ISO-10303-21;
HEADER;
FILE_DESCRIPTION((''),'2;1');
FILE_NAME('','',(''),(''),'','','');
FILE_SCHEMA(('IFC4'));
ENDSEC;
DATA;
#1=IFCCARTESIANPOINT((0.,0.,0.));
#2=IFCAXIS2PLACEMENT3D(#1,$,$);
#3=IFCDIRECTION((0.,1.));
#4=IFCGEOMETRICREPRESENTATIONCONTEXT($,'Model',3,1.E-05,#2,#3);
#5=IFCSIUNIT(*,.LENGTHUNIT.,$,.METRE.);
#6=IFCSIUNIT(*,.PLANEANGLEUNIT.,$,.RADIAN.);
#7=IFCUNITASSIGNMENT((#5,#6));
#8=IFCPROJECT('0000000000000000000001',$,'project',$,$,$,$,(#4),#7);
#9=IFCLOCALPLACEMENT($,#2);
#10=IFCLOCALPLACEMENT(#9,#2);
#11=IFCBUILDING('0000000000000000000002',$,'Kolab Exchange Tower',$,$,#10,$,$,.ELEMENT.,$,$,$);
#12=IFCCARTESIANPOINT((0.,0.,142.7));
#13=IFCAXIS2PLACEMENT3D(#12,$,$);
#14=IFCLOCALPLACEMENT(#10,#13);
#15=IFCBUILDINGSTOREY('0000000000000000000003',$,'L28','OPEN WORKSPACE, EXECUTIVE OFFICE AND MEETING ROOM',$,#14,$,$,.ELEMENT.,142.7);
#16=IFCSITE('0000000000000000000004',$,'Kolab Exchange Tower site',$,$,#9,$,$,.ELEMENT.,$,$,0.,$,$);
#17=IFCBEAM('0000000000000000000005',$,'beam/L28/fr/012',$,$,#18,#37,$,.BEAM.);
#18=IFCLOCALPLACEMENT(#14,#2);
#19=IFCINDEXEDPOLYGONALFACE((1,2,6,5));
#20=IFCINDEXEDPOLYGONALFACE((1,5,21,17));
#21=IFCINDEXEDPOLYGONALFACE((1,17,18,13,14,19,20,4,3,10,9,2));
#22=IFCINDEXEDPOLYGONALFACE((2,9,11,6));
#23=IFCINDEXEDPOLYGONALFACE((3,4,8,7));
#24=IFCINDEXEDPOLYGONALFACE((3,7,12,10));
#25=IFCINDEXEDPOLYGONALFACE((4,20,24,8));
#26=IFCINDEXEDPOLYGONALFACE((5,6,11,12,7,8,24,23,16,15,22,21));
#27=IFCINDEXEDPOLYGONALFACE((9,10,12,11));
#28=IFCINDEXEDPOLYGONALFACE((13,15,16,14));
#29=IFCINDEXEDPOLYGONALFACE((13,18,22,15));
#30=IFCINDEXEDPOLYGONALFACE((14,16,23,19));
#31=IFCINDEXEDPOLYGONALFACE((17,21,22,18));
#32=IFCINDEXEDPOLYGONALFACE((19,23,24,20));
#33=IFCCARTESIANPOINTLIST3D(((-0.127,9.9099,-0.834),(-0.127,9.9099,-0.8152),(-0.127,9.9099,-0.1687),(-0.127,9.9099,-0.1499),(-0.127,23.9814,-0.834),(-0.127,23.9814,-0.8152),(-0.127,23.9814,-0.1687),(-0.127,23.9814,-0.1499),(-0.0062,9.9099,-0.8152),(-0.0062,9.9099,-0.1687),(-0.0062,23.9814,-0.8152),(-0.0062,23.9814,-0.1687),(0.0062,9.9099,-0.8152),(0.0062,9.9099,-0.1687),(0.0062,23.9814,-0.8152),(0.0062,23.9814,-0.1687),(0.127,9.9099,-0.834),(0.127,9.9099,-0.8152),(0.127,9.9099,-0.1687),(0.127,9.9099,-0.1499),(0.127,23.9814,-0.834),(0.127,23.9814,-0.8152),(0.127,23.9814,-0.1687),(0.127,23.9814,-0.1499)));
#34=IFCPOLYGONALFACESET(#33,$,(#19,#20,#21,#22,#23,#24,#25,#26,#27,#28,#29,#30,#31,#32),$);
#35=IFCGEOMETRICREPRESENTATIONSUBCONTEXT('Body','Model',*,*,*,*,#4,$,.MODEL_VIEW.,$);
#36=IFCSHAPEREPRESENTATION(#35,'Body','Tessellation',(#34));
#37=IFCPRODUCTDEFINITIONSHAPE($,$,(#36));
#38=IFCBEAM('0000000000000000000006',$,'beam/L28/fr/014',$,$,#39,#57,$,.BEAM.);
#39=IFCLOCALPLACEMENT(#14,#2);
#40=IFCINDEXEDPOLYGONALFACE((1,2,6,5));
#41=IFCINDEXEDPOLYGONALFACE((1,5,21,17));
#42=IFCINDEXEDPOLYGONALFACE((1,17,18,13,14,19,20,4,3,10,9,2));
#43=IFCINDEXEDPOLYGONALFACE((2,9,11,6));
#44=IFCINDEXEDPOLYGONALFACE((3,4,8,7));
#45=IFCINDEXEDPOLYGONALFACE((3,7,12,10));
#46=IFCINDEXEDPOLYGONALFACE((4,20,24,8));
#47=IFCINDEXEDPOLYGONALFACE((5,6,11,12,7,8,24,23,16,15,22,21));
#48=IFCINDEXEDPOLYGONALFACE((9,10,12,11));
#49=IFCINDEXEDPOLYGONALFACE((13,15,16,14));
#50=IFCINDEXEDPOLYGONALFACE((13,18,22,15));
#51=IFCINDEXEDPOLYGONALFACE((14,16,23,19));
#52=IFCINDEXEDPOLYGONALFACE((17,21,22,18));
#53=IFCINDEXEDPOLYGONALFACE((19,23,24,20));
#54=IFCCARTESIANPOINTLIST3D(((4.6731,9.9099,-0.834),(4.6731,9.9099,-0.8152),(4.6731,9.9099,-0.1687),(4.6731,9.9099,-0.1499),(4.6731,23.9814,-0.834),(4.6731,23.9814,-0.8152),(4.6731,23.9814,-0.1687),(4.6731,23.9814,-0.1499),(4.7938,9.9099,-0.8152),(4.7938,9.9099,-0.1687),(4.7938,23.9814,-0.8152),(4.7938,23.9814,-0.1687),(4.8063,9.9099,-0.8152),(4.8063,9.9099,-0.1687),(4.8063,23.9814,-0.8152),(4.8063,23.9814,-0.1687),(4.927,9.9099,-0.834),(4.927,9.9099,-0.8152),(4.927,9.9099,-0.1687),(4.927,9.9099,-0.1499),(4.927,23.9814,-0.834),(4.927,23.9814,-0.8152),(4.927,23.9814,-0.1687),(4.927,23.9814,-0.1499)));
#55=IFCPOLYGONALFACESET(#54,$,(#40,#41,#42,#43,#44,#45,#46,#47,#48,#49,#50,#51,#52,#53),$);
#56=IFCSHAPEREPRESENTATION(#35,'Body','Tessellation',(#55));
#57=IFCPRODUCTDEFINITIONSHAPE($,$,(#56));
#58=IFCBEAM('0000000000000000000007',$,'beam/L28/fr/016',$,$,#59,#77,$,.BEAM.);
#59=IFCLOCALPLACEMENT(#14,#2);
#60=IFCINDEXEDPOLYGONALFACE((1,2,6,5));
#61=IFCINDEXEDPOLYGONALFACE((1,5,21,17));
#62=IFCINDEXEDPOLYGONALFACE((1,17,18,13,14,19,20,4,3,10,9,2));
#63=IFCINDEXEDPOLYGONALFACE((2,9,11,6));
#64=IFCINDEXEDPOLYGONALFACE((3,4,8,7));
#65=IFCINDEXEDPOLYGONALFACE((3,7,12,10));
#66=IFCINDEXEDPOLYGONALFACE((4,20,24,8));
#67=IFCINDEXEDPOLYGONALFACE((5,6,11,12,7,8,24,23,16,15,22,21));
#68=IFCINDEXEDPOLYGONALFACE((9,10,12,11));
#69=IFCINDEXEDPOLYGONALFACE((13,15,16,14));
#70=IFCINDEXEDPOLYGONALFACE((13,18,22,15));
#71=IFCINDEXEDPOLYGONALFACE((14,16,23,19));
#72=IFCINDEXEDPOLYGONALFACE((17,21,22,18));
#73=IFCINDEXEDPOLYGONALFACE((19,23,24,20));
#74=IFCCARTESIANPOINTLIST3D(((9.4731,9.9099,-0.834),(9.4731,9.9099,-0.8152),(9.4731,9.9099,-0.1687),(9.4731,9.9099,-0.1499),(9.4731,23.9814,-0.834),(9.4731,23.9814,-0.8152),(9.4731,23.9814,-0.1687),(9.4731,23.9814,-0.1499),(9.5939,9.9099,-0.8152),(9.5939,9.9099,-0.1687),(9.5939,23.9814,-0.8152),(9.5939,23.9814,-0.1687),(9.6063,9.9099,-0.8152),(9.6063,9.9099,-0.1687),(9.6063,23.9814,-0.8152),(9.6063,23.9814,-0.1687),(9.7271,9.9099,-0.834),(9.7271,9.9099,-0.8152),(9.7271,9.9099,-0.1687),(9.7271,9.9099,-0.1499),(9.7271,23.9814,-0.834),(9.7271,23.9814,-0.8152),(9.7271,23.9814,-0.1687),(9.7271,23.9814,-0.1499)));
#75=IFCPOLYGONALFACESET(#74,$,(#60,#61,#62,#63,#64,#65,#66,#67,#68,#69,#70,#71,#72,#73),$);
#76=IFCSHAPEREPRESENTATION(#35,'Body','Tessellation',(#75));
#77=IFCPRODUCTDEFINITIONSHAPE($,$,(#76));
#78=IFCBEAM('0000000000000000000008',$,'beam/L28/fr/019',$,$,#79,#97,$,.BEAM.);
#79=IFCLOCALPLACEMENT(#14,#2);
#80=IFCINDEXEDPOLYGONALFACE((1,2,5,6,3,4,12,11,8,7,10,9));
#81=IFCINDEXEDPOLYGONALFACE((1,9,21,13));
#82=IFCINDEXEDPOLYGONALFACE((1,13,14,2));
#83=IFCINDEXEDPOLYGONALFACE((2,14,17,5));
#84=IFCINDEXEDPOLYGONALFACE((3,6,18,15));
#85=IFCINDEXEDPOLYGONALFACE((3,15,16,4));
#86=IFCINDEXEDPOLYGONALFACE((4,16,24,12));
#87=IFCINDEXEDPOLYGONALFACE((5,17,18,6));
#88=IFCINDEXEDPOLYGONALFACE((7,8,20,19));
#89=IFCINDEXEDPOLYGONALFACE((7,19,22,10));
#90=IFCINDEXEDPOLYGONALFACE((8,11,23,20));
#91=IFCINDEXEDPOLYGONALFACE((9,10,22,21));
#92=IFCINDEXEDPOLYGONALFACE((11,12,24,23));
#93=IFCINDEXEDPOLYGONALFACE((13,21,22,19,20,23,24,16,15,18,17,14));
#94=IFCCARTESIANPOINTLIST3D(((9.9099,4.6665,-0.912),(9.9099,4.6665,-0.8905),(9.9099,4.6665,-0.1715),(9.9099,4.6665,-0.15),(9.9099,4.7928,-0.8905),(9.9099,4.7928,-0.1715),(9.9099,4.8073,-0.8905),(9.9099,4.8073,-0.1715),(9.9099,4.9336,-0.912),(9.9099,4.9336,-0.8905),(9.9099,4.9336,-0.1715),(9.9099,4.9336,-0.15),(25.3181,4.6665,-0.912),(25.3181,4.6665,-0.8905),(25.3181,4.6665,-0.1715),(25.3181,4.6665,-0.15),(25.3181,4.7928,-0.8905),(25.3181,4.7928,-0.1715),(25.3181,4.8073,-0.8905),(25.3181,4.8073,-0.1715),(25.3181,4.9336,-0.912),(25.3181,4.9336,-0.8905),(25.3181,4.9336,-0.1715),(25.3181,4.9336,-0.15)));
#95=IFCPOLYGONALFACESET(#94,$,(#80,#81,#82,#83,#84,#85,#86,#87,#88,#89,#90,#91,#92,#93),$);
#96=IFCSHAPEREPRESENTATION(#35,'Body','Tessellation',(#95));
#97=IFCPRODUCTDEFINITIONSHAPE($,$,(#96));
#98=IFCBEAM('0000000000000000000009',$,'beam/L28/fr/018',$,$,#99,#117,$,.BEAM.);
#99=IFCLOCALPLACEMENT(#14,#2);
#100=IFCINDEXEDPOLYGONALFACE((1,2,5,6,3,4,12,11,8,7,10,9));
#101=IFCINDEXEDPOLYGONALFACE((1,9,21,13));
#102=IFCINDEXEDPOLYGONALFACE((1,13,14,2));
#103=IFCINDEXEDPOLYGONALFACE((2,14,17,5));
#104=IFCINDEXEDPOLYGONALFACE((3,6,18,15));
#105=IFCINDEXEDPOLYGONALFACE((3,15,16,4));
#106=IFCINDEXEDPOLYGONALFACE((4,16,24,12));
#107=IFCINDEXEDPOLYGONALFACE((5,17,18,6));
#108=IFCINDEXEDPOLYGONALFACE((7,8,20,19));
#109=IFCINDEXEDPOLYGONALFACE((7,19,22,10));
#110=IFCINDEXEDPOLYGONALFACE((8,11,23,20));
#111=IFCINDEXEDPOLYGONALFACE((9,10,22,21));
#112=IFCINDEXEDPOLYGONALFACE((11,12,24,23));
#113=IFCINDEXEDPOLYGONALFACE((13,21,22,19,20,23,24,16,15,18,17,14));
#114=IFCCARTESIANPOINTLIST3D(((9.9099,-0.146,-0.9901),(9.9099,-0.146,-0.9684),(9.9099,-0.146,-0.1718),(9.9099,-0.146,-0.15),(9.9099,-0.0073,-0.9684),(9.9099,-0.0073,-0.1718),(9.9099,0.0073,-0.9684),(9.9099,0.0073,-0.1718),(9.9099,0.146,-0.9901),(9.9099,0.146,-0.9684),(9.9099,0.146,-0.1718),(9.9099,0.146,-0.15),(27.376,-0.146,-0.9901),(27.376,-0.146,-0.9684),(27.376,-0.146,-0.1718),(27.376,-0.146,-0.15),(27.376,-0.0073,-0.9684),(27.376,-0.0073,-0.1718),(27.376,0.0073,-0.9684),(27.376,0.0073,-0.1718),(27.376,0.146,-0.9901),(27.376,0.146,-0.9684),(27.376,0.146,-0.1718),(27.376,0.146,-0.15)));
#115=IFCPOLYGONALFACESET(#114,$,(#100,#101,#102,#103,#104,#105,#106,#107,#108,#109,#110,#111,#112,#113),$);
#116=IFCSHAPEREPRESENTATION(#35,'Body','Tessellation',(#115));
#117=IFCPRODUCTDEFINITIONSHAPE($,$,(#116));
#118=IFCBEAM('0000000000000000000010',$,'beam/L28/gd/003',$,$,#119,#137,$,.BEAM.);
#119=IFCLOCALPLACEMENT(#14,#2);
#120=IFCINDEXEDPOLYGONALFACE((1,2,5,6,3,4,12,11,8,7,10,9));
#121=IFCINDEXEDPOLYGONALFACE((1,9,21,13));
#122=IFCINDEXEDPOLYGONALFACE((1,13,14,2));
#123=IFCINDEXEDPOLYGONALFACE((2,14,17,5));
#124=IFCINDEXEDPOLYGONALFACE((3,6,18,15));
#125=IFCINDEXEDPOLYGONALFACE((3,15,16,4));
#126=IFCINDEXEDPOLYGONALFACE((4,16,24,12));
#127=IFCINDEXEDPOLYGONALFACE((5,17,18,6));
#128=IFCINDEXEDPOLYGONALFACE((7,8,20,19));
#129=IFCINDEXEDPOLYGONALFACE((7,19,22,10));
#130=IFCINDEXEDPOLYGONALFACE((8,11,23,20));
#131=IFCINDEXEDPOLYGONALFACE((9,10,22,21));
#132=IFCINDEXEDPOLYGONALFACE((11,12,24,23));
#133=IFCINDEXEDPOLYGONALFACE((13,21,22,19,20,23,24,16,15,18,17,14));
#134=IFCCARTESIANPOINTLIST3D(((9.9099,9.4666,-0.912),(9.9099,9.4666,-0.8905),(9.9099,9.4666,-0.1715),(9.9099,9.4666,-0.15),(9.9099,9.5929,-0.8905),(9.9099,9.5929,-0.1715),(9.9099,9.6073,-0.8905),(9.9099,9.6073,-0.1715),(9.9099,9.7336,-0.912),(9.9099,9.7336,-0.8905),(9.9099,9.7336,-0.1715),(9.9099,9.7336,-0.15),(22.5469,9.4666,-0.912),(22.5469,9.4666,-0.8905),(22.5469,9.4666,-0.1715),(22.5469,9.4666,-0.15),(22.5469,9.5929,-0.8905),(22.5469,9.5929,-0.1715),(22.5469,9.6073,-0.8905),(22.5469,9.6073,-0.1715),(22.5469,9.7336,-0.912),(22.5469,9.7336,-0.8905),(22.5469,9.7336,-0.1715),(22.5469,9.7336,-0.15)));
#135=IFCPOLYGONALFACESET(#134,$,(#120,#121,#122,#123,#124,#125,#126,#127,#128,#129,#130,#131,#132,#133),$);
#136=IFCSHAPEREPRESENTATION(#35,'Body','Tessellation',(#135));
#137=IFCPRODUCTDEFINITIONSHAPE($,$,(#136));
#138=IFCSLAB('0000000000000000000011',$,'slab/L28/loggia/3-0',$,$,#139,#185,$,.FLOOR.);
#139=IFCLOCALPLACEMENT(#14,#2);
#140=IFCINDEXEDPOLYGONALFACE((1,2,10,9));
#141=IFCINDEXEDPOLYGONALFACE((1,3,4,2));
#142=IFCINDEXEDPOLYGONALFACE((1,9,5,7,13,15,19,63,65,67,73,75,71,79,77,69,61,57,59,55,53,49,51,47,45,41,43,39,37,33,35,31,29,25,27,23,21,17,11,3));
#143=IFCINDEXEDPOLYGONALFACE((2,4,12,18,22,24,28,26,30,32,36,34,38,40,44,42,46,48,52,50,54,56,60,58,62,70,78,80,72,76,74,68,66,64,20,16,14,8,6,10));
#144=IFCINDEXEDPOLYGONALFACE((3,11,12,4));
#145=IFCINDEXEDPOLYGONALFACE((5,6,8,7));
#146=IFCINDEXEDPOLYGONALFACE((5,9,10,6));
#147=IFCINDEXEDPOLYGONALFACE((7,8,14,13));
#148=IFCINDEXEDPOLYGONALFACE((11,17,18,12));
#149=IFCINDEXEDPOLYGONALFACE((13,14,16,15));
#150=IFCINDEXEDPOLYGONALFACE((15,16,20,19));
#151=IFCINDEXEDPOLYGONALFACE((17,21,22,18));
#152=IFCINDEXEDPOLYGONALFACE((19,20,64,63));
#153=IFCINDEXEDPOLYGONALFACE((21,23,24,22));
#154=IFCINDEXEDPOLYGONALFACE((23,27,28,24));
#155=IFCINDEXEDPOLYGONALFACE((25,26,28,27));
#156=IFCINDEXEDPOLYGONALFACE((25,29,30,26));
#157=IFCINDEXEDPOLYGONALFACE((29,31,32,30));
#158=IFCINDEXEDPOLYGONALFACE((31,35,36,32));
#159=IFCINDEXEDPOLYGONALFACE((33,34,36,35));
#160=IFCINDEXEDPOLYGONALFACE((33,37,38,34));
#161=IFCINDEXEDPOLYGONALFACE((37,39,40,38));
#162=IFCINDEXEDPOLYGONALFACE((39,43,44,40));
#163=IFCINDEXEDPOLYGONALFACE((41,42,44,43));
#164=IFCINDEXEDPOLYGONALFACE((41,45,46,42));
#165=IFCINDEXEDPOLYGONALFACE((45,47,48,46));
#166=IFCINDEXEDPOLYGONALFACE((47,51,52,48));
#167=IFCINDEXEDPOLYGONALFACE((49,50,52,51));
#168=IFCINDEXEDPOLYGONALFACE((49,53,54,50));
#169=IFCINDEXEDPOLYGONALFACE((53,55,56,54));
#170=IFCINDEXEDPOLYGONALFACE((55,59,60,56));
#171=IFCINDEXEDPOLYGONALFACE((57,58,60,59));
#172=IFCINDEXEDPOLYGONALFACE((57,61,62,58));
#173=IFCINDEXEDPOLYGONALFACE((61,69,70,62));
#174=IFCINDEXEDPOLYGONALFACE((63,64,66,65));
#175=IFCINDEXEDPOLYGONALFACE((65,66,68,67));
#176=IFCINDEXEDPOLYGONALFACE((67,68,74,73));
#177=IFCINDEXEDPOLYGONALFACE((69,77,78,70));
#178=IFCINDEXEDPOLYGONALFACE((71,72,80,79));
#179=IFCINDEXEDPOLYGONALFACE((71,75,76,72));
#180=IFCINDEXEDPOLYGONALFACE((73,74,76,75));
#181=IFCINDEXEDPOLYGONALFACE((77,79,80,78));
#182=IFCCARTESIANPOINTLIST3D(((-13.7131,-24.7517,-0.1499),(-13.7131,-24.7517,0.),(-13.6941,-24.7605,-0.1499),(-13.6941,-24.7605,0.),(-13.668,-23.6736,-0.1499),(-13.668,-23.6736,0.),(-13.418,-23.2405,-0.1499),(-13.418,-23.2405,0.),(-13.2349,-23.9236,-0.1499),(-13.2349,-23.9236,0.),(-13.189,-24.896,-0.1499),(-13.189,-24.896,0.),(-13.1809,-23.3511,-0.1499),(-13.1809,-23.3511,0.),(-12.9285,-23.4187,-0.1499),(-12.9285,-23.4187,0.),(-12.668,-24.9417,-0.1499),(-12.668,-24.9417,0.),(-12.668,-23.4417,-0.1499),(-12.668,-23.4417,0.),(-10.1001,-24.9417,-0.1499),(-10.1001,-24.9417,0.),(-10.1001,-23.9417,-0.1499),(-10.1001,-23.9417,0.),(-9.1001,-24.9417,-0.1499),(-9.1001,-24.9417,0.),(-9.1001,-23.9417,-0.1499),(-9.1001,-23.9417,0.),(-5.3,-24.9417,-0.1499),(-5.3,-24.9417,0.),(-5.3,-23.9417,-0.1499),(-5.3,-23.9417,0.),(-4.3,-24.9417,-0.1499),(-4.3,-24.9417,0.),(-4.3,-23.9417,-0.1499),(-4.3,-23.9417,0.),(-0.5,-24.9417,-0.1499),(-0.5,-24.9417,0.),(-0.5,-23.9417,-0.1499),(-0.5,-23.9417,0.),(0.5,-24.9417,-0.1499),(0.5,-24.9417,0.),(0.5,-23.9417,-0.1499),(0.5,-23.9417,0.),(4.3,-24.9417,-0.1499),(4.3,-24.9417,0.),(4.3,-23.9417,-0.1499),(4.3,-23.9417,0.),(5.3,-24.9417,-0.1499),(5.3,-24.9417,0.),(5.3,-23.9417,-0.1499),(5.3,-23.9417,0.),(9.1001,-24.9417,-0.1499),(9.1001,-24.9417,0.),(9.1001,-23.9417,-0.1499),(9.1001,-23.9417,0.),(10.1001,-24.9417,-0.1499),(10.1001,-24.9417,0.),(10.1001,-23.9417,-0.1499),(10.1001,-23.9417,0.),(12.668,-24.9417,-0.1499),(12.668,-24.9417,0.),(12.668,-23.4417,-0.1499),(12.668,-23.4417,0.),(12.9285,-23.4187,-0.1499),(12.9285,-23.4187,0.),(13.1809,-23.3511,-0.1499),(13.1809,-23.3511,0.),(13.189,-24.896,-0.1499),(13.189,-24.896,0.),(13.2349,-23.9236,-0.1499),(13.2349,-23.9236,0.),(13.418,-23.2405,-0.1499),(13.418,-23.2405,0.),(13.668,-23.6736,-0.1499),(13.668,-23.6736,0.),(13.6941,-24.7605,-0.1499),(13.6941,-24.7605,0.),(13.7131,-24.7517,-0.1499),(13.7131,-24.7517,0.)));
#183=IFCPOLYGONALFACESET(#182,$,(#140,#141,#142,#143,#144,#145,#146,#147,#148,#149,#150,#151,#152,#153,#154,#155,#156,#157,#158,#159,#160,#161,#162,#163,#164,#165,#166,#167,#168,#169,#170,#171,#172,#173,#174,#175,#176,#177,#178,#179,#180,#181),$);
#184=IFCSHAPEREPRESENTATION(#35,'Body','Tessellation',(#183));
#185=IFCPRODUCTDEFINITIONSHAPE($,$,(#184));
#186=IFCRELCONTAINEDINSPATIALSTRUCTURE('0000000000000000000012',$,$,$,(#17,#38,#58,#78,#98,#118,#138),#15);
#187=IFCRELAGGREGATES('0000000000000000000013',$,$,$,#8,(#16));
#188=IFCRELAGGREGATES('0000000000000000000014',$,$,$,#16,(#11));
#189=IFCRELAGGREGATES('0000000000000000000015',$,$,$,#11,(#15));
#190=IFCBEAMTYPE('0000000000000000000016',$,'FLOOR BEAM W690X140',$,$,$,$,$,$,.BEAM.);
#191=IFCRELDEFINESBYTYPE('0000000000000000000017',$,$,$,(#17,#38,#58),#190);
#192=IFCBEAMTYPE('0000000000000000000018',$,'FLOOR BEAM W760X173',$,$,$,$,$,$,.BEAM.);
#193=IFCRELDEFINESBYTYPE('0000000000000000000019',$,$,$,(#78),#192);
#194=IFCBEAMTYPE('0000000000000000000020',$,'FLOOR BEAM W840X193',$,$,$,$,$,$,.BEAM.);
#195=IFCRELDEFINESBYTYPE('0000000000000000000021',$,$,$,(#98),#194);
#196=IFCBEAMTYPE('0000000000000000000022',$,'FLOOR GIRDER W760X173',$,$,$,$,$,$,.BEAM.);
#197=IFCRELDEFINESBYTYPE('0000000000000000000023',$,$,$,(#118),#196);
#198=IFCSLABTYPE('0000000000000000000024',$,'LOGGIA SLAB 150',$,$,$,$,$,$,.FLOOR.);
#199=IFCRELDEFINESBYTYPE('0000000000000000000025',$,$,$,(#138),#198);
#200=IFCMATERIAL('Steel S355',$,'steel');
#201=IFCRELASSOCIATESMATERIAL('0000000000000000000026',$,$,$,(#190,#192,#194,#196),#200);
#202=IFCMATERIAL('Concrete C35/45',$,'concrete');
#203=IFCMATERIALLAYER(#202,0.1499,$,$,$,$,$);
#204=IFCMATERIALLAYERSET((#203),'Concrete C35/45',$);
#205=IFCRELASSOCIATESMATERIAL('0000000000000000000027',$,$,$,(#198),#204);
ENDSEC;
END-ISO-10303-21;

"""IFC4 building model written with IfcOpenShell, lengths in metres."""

from ifc_helpers import new_model, si_unit, direction, frame, origin, origin_2d, place, context, subcontext, project, spatial, polyline, i_section, outline, extrude, material, layer, layer_set, material_profile, profile_set, type_object, element, save


model = new_model("IFC4")

# Units and contexts
model_context = context("Model", 3, precision=1e-05, world=origin(), true_north=direction((0.0, 1.0)))
body_context = subcontext(model_context, "Body", "Model", "MODEL_VIEW")
ifc_project = project(units=[si_unit("LENGTHUNIT", "METRE"), si_unit("PLANEANGLEUNIT", "RADIAN")], contexts=[model_context])

# Site, building, storey
site_placement = place(None, origin())
site = spatial("IfcSite", under=ifc_project, at=site_placement, Name="Kolab Exchange Tower site", CompositionType="ELEMENT", RefElevation=0.0)
building_placement = place(site_placement, origin())
building = spatial("IfcBuilding", under=site, at=building_placement, Name="Kolab Exchange Tower", CompositionType="ELEMENT")
storey_placement = place(building_placement, frame((0.0, 0.0, 142.7)))
storey = spatial("IfcBuildingStorey", under=building, at=storey_placement, Name="L28", Description="OPEN WORKSPACE, EXECUTIVE OFFICE AND MEETING ROOM", CompositionType="ELEMENT", Elevation=142.7)

# Beams
ifc_material_1 = material(Name="Steel S355", Category="steel")
ifc_material_profile_1 = material_profile(ifc_material_1, i_section(OverallWidth=0.2539, OverallDepth=0.6841, WebThickness=0.0125, FlangeThickness=0.0188, at=origin_2d()), Name="W690X140")
ifc_profile_set_1 = profile_set([ifc_material_profile_1], Name="Steel S355")
beam_type_1 = type_object("IfcBeamType", Name="FLOOR BEAM W690X140", PredefinedType="BEAM", material=ifc_profile_set_1)
for number, where, z_axis, x_axis, name in (
    (1, (0.0, 9.9099, -0.4919), (0.0, 1.0, 0.0), (-1.0, 0.0, 0.0), "beam/L28/fr/012"),
    (2, (4.8, 9.9099, -0.4919), (0.0, 1.0, 0.0), (-1.0, 0.0, 0.0), "beam/L28/fr/014"),
    (3, (9.6001, 9.9099, -0.4919), (0.0, 1.0, 0.0), (-1.0, 0.0, 0.0), "beam/L28/fr/016"),
):
    element("IfcBeam", number, at=place(storey_placement, frame(where, z_axis=z_axis, x_axis=x_axis)), inside=storey, type_object=beam_type_1, Name=name, PredefinedType="BEAM", context=body_context, shape_type="SweptSolid", body=[
        extrude(i_section(OverallWidth=0.2539, OverallDepth=0.6841, WebThickness=0.0125, FlangeThickness=0.0188, at=origin_2d()), origin(), (0.0, 0.0, 1.0), 14.0715),
    ])
ifc_material_profile_2 = material_profile(ifc_material_1, i_section(OverallWidth=0.2671, OverallDepth=0.762, WebThickness=0.0144, FlangeThickness=0.0215, at=origin_2d()), Name="W760X173")
ifc_profile_set_2 = profile_set([ifc_material_profile_2], Name="Steel S355")
beam_type_2 = type_object("IfcBeamType", Name="FLOOR BEAM W760X173", PredefinedType="BEAM", material=ifc_profile_set_2)
beam_1_placement = place(storey_placement, frame((9.9099, 4.8, -0.531), z_axis=(1.0, 0.0, 0.0), x_axis=(0.0, 1.0, 0.0)))
element("IfcBeam", 4, at=beam_1_placement, inside=storey, type_object=beam_type_2, Name="beam/L28/fr/019", PredefinedType="BEAM", context=body_context, shape_type="SweptSolid", body=[
    extrude(i_section(OverallWidth=0.2671, OverallDepth=0.762, WebThickness=0.0144, FlangeThickness=0.0215, at=origin_2d()), origin(), (0.0, 0.0, 1.0), 15.4082),
])
ifc_material_profile_3 = material_profile(ifc_material_1, i_section(OverallWidth=0.292, OverallDepth=0.8401, WebThickness=0.0146, FlangeThickness=0.0217, at=origin_2d()), Name="W840X193")
ifc_profile_set_3 = profile_set([ifc_material_profile_3], Name="Steel S355")
beam_type_3 = type_object("IfcBeamType", Name="FLOOR BEAM W840X193", PredefinedType="BEAM", material=ifc_profile_set_3)
beam_2_placement = place(storey_placement, frame((9.9099, 0.0, -0.5701), z_axis=(1.0, 0.0, 0.0), x_axis=(0.0, 1.0, 0.0)))
element("IfcBeam", 5, at=beam_2_placement, inside=storey, type_object=beam_type_3, Name="beam/L28/fr/018", PredefinedType="BEAM", context=body_context, shape_type="SweptSolid", body=[
    extrude(i_section(OverallWidth=0.292, OverallDepth=0.8401, WebThickness=0.0146, FlangeThickness=0.0217, at=origin_2d()), origin(), (0.0, 0.0, 1.0), 17.4661),
])
ifc_material_profile_4 = material_profile(ifc_material_1, i_section(OverallWidth=0.2671, OverallDepth=0.762, WebThickness=0.0144, FlangeThickness=0.0215, at=origin_2d()), Name="W760X173")
ifc_profile_set_4 = profile_set([ifc_material_profile_4], Name="Steel S355")
beam_type_4 = type_object("IfcBeamType", Name="FLOOR GIRDER W760X173", PredefinedType="BEAM", material=ifc_profile_set_4)
beam_3_placement = place(storey_placement, frame((9.9099, 9.6001, -0.531), z_axis=(1.0, 0.0, 0.0), x_axis=(0.0, 1.0, 0.0)))
element("IfcBeam", 6, at=beam_3_placement, inside=storey, type_object=beam_type_4, Name="beam/L28/gd/003", PredefinedType="BEAM", context=body_context, shape_type="SweptSolid", body=[
    extrude(i_section(OverallWidth=0.2671, OverallDepth=0.762, WebThickness=0.0144, FlangeThickness=0.0215, at=origin_2d()), origin(), (0.0, 0.0, 1.0), 12.637),
])

# Slab
ifc_material_2 = material(Name="Concrete C35/45", Category="concrete")
ifc_layer_1 = layer(ifc_material_2, 0.1499)
ifc_layer_set_1 = layer_set([ifc_layer_1], Name="Concrete C35/45")
slab_type_1 = type_object("IfcSlabType", Name="LOGGIA SLAB 150", PredefinedType="FLOOR", material=ifc_layer_set_1)
slab_1_placement = place(storey_placement, frame((0.0, 0.0, -0.1499)))
element("IfcSlab", 7, at=slab_1_placement, inside=storey, type_object=slab_type_1, Name="slab/L28/loggia/3-0", PredefinedType="FLOOR", context=body_context, shape_type="SweptSolid", body=[
    extrude(outline(polyline([(-13.418, -23.2405), (-13.668, -23.6736), (-13.2349, -23.9236), (-13.7131, -24.7517), (-13.6941, -24.7605), (-13.189, -24.896), (-12.668, -24.9417), (-10.1001, -24.9417), (-10.1001, -23.9417), (-9.1001, -23.9417), (-9.1001, -24.9417), (-5.3, -24.9417), (-5.3, -23.9417), (-4.3, -23.9417), (-4.3, -24.9417), (-0.5, -24.9417), (-0.5, -23.9417), (0.5, -23.9417), (0.5, -24.9417), (4.3, -24.9417), (4.3, -23.9417), (5.3, -23.9417), (5.3, -24.9417), (9.1001, -24.9417), (9.1001, -23.9417), (10.1001, -23.9417), (10.1001, -24.9417), (12.668, -24.9417), (13.189, -24.896), (13.6941, -24.7605), (13.7131, -24.7517), (13.2349, -23.9236), (13.668, -23.6736), (13.418, -23.2405), (13.1809, -23.3511), (12.9285, -23.4187), (12.668, -23.4417), (-12.668, -23.4417), (-12.9285, -23.4187), (-13.1809, -23.3511), (-13.418, -23.2405)])), origin(), (0.0, 0.0, 1.0), 0.1499),
])

save(model, "model.ifc")
